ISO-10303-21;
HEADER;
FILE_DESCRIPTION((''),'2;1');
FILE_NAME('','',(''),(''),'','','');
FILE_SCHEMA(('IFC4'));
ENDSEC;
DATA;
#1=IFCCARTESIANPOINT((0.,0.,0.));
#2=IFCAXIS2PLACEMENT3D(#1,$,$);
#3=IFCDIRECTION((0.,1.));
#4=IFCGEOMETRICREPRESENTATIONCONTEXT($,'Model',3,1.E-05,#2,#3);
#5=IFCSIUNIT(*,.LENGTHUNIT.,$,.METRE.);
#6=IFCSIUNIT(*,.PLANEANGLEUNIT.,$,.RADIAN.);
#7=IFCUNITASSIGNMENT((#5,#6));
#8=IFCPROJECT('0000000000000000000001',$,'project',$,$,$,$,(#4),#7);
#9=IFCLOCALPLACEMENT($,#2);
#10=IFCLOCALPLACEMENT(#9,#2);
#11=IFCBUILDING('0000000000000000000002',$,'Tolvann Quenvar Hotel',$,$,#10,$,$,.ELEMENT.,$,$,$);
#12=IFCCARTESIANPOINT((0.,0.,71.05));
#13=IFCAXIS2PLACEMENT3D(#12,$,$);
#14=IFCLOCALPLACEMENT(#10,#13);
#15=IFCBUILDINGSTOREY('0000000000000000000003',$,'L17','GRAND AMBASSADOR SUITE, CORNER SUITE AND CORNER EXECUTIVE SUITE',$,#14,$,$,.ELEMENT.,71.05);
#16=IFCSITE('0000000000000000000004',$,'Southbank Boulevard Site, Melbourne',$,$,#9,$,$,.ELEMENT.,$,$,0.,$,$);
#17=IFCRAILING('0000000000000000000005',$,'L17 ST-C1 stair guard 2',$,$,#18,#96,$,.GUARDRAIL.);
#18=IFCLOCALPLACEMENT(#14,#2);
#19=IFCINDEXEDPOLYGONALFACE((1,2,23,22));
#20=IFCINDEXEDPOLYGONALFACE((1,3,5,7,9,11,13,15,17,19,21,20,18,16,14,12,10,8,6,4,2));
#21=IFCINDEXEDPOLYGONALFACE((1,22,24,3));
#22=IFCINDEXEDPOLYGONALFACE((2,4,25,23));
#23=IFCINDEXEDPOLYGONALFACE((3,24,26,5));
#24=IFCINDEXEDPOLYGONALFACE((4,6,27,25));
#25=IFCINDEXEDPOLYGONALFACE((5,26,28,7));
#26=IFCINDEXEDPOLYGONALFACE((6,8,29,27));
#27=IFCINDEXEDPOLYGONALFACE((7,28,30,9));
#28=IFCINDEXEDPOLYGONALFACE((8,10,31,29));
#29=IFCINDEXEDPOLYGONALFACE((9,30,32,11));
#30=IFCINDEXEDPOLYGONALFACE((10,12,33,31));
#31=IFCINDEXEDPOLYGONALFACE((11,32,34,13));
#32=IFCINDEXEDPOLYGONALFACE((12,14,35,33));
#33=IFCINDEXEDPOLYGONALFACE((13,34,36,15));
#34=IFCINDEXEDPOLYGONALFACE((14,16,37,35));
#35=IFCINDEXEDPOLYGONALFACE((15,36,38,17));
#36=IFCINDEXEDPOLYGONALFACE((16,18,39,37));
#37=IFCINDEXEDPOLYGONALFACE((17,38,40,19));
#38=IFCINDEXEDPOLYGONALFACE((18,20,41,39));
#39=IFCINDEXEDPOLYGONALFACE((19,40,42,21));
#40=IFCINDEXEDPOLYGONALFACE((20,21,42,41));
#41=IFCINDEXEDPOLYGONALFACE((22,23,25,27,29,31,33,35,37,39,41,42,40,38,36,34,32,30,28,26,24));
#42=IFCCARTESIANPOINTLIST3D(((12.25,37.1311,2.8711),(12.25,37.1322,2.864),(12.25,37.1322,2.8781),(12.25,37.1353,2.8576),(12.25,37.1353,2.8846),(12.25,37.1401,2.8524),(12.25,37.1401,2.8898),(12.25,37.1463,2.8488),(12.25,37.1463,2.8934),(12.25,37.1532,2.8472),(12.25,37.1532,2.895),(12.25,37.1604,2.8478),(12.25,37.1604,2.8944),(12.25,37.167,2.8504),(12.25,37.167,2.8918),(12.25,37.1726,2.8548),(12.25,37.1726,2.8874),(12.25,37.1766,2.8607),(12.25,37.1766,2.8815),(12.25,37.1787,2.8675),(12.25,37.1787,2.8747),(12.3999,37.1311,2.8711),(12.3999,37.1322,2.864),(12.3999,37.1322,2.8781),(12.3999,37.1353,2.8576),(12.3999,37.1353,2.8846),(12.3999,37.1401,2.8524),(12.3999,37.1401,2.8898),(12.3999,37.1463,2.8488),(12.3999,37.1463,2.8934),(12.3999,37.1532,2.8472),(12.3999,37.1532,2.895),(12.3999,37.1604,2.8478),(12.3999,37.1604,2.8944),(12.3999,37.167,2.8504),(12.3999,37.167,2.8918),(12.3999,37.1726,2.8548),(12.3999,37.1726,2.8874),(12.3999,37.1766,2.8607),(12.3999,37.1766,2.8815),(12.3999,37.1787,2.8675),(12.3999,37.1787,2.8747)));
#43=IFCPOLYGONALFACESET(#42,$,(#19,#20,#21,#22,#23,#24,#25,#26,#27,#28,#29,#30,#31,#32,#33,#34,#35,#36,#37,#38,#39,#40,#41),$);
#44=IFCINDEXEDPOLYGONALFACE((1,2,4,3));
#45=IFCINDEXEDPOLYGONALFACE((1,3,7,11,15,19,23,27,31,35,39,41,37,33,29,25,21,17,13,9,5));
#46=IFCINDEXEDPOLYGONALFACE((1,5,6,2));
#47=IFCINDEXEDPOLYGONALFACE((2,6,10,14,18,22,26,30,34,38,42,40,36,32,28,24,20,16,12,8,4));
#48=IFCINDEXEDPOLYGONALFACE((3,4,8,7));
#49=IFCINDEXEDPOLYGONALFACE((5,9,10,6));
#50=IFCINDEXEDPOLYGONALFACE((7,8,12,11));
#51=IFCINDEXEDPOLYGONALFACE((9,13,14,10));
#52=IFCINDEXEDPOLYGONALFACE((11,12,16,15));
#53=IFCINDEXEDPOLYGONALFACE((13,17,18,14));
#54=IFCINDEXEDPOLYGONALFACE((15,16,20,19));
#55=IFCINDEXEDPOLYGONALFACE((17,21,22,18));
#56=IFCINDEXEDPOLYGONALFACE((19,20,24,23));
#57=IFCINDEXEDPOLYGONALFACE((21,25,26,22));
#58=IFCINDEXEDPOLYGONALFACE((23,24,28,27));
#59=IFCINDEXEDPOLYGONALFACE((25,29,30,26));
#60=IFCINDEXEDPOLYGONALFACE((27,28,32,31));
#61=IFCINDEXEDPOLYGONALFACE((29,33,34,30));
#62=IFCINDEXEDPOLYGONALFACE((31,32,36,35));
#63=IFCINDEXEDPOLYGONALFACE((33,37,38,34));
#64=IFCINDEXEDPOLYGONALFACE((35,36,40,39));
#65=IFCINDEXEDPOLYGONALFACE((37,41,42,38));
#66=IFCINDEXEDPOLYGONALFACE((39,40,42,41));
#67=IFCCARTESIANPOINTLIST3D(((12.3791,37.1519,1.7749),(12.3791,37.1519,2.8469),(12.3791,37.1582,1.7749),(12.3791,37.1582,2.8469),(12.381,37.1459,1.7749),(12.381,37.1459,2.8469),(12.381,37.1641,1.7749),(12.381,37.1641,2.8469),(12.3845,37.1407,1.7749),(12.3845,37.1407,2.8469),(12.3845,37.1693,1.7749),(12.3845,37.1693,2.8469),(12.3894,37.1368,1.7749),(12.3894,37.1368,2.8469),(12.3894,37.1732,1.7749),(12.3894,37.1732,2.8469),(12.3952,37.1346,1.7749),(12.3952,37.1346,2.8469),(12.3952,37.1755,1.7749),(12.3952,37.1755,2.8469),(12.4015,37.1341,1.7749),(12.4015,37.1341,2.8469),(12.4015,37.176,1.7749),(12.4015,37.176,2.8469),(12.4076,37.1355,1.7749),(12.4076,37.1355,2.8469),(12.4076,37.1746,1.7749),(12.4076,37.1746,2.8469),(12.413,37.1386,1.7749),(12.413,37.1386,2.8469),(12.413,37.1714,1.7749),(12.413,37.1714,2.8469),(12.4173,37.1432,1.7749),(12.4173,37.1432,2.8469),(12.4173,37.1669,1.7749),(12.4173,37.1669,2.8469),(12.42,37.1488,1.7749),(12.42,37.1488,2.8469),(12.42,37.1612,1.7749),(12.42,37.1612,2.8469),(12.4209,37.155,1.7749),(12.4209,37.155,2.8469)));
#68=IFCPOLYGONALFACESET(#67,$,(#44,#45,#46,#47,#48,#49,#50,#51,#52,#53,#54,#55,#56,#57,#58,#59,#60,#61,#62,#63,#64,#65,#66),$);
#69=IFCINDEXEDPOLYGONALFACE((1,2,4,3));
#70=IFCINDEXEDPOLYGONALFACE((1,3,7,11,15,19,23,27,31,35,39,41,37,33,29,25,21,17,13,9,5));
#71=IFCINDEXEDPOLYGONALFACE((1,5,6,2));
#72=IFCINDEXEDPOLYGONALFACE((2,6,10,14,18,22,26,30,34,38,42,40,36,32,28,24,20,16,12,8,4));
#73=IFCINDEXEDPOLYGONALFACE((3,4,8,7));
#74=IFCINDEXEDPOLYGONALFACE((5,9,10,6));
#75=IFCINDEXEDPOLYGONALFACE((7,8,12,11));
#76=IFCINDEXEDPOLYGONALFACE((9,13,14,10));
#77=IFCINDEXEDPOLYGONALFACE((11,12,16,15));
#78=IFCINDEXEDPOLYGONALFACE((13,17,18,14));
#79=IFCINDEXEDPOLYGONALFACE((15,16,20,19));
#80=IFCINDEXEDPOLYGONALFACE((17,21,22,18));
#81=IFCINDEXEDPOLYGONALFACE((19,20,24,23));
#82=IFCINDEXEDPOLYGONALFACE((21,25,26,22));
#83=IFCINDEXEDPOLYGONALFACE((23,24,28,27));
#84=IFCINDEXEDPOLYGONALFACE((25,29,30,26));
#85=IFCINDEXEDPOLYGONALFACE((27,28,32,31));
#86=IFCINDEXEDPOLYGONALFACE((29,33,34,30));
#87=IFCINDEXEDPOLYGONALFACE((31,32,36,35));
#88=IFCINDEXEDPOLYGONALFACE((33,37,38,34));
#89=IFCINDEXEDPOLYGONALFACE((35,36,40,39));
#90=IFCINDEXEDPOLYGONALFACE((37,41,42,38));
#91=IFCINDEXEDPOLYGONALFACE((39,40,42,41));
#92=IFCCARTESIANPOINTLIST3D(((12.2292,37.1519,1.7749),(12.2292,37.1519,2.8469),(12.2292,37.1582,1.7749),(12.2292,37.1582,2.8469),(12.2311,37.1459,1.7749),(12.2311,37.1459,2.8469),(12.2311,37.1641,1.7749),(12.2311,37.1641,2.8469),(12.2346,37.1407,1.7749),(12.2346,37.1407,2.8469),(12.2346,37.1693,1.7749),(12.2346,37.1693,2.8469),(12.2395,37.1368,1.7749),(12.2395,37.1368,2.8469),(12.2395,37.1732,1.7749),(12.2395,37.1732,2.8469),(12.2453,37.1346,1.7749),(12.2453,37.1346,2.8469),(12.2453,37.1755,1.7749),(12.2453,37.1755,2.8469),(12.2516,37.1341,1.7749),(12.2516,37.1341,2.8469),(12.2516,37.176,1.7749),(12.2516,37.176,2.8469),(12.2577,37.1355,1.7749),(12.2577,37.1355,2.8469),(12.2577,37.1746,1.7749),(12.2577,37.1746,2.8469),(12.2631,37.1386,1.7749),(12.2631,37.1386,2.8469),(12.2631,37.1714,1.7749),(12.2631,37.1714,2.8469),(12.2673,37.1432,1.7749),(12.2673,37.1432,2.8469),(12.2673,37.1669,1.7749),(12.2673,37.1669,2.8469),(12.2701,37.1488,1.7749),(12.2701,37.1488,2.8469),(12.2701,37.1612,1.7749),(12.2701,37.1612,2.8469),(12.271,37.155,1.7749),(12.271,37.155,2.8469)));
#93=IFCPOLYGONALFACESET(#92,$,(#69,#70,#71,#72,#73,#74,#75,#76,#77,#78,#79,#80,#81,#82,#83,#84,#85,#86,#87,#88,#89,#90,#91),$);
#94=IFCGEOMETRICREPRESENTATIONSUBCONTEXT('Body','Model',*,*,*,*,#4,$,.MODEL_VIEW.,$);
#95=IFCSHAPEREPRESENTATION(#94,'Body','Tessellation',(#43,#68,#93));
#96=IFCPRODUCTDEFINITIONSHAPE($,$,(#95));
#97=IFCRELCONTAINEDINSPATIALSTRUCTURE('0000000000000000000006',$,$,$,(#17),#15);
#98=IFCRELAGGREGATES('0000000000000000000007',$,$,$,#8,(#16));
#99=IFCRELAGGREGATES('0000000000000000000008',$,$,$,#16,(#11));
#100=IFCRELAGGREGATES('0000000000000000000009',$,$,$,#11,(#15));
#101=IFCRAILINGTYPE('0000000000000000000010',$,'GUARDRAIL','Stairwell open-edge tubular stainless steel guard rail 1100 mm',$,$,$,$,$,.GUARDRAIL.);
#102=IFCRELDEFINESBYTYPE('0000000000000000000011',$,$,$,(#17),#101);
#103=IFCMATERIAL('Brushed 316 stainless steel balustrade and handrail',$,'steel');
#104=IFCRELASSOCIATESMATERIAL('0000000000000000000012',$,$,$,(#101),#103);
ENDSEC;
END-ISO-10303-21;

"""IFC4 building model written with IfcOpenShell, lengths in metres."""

from ifc_helpers import new_model, si_unit, direction, frame, origin, origin_2d, place, context, subcontext, project, spatial, circle, extrude, material, type_object, element, save


model = new_model("IFC4")

# Units and contexts
model_context = context("Model", 3, precision=1e-05, world=origin(), true_north=direction((0.0, 1.0)))
body_context = subcontext(model_context, "Body", "Model", "MODEL_VIEW")
ifc_project = project(units=[si_unit("LENGTHUNIT", "METRE"), si_unit("PLANEANGLEUNIT", "RADIAN")], contexts=[model_context])

# Site, building, storey
site_placement = place(None, origin())
site = spatial("IfcSite", under=ifc_project, at=site_placement, Name="Southbank Boulevard Site, Melbourne", CompositionType="ELEMENT", RefElevation=0.0)
building_placement = place(site_placement, origin())
building = spatial("IfcBuilding", under=site, at=building_placement, Name="Tolvann Quenvar Hotel", CompositionType="ELEMENT")
storey_placement = place(building_placement, frame((0.0, 0.0, 71.05)))
storey = spatial("IfcBuildingStorey", under=building, at=storey_placement, Name="L17", Description="GRAND AMBASSADOR SUITE, CORNER SUITE AND CORNER EXECUTIVE SUITE", CompositionType="ELEMENT", Elevation=71.05)

# Railing
ifc_material_1 = material(Name="Brushed 316 stainless steel balustrade and handrail", Category="steel")
railing_type_1 = type_object("IfcRailingType", Name="GUARDRAIL", Description="Stairwell open-edge tubular stainless steel guard rail 1100 mm", PredefinedType="GUARDRAIL", material=ifc_material_1)
railing_1_placement = place(storey_placement, frame((12.3999, 37.155, 1.7749)))
element("IfcRailing", 1, at=railing_1_placement, inside=storey, type_object=railing_type_1, Name="L17 ST-C1 stair guard 2", PredefinedType="GUARDRAIL", context=body_context, shape_type="SweptSolid", body=[
    extrude(circle(Radius=0.0239, at=origin_2d()), frame((0.0, 0.0, 1.0962), z_axis=(-1.0, 0.0, 0.0), x_axis=(0.0, -1.0, 0.0)), (0.0, 0.0, 1.0), 0.1499),
    extrude(circle(Radius=0.021, at=origin_2d()), origin(), (0.0, 0.0, 1.0), 1.072),
    extrude(circle(Radius=0.021, at=origin_2d()), frame((-0.1499, 0.0, 0.0)), (0.0, 0.0, 1.0), 1.072),
])

save(model, "model.ifc")
